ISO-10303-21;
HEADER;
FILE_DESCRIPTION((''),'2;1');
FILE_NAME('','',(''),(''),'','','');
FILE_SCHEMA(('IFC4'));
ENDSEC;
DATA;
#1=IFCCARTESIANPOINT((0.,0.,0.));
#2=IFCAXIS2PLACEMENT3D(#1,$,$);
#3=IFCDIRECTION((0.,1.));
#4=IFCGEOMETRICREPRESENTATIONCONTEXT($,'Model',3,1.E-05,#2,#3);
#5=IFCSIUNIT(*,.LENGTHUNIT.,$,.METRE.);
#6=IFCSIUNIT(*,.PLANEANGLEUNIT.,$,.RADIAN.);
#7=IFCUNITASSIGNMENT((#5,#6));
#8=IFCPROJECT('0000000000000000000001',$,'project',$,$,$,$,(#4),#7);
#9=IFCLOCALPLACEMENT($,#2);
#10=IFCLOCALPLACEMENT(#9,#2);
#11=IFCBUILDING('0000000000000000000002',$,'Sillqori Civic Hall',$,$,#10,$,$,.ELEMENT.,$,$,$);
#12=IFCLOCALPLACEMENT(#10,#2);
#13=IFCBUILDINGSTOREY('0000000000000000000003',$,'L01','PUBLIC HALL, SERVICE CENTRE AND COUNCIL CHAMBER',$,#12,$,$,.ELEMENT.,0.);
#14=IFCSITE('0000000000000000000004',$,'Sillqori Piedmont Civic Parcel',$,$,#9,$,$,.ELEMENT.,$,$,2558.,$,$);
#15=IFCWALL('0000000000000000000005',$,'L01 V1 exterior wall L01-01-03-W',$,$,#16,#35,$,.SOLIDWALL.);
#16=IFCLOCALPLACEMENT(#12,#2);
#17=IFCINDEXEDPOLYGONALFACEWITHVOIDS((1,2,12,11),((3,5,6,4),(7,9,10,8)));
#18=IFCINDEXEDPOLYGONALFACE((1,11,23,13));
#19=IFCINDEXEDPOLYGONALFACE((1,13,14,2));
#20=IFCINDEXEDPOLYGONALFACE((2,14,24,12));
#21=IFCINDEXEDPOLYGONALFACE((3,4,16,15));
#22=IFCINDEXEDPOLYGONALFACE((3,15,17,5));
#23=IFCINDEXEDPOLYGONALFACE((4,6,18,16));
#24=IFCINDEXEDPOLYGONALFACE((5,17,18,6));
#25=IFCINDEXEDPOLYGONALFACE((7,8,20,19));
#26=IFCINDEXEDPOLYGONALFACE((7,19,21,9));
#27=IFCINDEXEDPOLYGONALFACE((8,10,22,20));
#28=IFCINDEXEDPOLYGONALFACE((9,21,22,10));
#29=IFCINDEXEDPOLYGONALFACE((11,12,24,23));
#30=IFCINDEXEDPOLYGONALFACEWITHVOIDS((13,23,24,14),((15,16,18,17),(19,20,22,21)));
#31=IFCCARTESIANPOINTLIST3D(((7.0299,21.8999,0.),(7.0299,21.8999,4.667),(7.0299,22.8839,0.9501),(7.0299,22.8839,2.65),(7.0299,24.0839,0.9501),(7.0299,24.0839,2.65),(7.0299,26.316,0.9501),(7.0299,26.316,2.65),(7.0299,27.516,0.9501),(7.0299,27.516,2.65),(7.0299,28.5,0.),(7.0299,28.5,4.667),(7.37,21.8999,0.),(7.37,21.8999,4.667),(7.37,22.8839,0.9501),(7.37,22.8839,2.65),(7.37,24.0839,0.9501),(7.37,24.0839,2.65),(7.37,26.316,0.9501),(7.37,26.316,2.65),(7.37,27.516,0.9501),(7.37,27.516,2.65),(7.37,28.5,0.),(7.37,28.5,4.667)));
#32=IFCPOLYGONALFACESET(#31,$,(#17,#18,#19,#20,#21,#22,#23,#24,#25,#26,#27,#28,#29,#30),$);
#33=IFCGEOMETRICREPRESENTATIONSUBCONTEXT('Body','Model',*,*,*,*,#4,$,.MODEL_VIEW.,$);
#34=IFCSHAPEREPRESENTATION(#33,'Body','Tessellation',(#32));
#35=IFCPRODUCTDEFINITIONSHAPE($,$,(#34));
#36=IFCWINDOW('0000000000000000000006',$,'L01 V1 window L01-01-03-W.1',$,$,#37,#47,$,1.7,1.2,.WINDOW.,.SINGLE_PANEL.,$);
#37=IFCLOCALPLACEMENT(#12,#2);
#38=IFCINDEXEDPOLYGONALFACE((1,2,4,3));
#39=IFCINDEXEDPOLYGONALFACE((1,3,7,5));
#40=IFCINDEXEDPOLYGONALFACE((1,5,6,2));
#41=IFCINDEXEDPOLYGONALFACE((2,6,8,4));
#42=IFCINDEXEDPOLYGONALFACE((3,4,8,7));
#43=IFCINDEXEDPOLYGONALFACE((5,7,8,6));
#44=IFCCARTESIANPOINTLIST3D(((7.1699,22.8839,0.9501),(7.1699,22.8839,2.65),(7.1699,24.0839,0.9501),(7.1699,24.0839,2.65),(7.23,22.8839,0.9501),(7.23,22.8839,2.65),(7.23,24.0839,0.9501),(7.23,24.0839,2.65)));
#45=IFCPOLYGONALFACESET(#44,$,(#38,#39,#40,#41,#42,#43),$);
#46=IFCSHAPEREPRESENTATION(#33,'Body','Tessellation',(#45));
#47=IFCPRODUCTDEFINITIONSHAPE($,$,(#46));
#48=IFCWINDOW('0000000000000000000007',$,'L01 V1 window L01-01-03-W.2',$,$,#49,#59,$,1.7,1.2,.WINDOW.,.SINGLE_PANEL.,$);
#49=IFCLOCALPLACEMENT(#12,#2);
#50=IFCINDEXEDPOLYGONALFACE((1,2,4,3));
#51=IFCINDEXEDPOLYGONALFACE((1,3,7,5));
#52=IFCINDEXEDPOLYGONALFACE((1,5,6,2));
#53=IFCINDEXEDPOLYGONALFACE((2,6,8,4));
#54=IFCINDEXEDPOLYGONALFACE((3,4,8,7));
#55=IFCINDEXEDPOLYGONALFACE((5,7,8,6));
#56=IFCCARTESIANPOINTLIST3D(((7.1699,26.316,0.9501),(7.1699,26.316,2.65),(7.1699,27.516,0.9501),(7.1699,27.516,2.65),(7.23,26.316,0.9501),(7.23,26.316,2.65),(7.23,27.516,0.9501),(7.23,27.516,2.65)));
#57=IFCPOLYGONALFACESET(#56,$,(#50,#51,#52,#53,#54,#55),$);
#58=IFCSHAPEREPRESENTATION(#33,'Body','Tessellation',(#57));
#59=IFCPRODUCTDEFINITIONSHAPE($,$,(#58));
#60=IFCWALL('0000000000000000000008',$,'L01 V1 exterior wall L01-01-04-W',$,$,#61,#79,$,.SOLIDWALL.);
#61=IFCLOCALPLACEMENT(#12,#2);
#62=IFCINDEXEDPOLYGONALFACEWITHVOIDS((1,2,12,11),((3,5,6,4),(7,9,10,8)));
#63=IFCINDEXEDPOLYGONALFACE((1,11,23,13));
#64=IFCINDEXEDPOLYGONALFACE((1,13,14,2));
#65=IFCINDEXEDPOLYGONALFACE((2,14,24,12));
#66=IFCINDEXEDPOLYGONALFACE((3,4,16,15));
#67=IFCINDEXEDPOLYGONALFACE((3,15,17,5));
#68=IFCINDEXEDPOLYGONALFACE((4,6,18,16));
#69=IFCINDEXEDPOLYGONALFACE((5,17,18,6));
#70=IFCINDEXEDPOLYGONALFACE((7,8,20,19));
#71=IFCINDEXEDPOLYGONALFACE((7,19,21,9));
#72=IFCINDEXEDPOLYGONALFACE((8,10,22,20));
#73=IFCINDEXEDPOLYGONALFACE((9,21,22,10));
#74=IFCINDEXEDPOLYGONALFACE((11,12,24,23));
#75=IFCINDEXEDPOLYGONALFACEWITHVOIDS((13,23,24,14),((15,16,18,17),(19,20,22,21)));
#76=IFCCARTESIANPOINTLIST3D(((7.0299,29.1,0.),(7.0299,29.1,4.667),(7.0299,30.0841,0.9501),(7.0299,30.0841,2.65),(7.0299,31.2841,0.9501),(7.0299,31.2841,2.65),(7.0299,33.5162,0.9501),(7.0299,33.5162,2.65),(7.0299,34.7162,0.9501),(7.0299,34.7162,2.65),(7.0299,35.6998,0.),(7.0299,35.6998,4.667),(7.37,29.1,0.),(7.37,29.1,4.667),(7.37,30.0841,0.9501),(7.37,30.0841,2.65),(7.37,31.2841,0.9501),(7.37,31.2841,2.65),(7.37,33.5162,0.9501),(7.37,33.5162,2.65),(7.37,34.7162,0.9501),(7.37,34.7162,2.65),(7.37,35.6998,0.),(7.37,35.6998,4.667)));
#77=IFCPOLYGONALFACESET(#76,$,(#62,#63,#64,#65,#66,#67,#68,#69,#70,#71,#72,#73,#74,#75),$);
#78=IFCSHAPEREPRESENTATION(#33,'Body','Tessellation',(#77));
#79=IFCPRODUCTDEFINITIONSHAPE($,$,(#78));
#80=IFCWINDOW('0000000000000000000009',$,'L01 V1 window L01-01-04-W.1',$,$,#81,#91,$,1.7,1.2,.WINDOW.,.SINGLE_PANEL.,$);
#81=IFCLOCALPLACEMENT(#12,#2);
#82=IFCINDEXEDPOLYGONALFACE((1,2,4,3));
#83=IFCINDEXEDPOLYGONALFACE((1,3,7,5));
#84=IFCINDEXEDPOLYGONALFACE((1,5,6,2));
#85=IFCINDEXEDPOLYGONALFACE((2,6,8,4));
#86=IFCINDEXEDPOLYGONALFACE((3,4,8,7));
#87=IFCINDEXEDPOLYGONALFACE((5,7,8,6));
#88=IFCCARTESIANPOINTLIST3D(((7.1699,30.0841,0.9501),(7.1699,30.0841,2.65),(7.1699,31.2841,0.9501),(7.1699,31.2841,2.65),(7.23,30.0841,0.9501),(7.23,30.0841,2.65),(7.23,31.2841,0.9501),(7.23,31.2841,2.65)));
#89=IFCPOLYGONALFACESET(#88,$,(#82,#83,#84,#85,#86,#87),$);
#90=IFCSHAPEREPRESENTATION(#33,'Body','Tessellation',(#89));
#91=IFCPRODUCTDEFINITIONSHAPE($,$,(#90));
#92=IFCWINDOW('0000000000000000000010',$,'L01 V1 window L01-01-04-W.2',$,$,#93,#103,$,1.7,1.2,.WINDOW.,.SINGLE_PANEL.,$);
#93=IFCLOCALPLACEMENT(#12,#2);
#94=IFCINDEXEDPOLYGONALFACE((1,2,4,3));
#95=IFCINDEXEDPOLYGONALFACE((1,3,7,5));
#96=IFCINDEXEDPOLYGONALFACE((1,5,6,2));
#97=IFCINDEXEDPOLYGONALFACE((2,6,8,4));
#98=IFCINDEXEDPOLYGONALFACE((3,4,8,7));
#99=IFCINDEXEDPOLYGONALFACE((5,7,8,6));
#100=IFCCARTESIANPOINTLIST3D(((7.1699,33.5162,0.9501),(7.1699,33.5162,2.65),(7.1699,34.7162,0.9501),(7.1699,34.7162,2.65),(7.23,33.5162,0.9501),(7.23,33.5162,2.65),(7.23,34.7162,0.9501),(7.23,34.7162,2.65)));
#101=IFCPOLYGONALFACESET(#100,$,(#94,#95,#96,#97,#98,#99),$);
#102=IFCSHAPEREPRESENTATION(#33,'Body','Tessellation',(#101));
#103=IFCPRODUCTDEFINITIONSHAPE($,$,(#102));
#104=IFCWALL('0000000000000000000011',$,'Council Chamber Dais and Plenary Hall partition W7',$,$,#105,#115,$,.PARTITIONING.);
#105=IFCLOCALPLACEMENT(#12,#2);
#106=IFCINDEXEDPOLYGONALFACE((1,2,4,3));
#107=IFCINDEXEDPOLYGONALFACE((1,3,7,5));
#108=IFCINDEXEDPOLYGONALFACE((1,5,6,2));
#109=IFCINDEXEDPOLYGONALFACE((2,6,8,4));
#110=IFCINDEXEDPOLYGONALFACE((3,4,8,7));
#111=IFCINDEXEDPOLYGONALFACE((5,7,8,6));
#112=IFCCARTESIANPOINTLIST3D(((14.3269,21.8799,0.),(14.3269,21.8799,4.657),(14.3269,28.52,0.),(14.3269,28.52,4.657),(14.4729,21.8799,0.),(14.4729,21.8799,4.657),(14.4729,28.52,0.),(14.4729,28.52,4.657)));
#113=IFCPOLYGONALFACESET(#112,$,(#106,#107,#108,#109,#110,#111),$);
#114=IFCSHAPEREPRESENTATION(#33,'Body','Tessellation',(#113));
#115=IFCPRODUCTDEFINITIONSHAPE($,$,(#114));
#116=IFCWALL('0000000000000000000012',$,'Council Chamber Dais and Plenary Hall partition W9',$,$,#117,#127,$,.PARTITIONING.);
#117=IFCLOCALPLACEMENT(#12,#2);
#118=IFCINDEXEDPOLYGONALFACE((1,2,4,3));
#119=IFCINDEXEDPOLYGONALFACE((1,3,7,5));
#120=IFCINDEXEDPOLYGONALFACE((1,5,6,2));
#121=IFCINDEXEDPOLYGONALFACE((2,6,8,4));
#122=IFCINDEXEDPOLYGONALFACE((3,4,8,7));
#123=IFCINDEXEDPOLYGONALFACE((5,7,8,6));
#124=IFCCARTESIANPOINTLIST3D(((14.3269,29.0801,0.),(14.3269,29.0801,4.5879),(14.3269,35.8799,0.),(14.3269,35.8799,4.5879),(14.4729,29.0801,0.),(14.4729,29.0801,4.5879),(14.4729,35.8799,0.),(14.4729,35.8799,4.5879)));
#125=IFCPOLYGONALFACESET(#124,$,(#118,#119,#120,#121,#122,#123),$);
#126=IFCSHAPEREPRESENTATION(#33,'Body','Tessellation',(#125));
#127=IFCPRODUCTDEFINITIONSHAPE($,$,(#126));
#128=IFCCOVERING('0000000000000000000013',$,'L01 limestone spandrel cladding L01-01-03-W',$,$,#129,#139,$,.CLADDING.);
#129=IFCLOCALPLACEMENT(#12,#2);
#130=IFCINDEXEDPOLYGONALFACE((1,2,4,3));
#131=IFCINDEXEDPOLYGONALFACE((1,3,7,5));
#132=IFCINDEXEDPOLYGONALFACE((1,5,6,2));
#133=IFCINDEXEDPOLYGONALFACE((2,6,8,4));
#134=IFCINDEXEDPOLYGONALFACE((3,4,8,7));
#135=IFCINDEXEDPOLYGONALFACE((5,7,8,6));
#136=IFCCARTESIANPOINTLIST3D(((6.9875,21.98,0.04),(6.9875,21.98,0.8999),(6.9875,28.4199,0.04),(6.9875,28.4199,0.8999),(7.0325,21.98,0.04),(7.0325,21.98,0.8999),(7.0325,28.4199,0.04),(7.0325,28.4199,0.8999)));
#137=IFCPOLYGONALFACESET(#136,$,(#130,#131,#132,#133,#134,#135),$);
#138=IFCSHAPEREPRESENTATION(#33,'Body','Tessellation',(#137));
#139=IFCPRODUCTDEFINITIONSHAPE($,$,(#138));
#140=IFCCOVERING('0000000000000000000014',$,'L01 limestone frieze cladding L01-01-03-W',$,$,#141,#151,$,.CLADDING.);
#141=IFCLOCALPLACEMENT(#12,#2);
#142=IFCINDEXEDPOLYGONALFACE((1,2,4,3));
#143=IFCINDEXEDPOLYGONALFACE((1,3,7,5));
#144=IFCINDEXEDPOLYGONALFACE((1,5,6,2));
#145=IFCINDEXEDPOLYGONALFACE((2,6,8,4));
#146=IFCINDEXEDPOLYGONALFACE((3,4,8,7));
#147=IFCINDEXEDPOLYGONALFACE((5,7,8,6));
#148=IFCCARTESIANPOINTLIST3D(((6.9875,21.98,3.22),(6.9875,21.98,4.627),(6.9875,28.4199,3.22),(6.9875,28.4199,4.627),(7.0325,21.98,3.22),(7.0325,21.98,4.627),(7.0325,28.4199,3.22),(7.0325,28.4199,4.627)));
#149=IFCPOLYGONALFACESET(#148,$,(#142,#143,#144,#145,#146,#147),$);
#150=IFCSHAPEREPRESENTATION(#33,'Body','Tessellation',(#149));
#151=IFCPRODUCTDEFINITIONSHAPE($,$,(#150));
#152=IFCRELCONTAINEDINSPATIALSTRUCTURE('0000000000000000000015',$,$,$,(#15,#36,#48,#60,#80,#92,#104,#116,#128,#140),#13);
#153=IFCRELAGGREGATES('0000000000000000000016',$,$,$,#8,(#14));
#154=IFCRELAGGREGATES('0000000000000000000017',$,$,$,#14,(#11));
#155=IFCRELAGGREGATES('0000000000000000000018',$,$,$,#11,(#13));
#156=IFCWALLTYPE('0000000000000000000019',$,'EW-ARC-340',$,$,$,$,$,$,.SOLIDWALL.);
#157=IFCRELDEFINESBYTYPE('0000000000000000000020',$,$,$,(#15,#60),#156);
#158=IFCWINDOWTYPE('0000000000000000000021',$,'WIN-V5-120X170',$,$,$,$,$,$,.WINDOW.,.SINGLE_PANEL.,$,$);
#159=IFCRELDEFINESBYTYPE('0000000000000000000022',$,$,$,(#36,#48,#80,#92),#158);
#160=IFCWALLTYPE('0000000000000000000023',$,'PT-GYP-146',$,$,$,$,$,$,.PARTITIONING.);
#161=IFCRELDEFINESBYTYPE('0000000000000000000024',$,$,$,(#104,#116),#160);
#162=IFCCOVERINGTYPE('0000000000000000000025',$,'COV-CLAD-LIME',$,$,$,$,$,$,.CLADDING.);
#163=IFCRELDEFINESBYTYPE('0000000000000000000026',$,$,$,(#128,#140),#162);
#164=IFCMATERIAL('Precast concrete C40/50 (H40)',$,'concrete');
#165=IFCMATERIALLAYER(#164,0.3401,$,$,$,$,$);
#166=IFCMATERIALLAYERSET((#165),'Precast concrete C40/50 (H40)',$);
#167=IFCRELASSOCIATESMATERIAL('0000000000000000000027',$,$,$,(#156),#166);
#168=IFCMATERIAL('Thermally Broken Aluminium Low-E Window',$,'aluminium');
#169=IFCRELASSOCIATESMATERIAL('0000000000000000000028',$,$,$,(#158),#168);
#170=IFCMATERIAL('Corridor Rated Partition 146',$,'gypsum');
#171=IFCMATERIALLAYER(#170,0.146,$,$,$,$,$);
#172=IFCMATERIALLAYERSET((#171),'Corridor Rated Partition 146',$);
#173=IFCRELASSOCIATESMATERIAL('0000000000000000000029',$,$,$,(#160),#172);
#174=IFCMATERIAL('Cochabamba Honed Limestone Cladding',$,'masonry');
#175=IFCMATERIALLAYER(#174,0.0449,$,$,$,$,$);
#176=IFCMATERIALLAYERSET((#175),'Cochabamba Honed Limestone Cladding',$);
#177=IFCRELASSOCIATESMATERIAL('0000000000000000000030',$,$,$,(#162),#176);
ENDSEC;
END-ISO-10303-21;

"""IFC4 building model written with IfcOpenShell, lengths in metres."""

from ifc_helpers import new_model, si_unit, direction, frame, frame_2d, origin, place, context, subcontext, project, spatial, rectangle, extrude, material, layer, layer_set, type_object, element, fill, save


model = new_model("IFC4")

# Units and contexts
model_context = context("Model", 3, precision=1e-05, world=origin(), true_north=direction((0.0, 1.0)))
body_context = subcontext(model_context, "Body", "Model", "MODEL_VIEW")
ifc_project = project(units=[si_unit("LENGTHUNIT", "METRE"), si_unit("PLANEANGLEUNIT", "RADIAN")], contexts=[model_context])

# Site, building, storey
site_placement = place(None, origin())
site = spatial("IfcSite", under=ifc_project, at=site_placement, Name="Sillqori Piedmont Civic Parcel", CompositionType="ELEMENT", RefElevation=2558.0)
building_placement = place(site_placement, origin())
building = spatial("IfcBuilding", under=site, at=building_placement, Name="Sillqori Civic Hall", CompositionType="ELEMENT")
storey_placement = place(building_placement, origin())
storey = spatial("IfcBuildingStorey", under=building, at=storey_placement, Name="L01", Description="PUBLIC HALL, SERVICE CENTRE AND COUNCIL CHAMBER", CompositionType="ELEMENT", Elevation=0.0)

# Walls, openings, windows
ifc_material_1 = material(Name="Precast concrete C40/50 (H40)", Category="concrete")
ifc_layer_1 = layer(ifc_material_1, 0.3401)
ifc_layer_set_1 = layer_set([ifc_layer_1], Name="Precast concrete C40/50 (H40)")
wall_type_1 = type_object("IfcWallType", Name="EW-ARC-340", PredefinedType="SOLIDWALL", material=ifc_layer_set_1)
wall_1_placement = place(storey_placement, frame((7.2, 21.8999, 0.0), z_axis=(0.0, 0.0, 1.0), x_axis=(0.0, 1.0, 0.0)))
wall_1 = element("IfcWall", 1, at=wall_1_placement, inside=storey, type_object=wall_type_1, Name="L01 V1 exterior wall L01-01-03-W", PredefinedType="SOLIDWALL", context=body_context, shape_type="SweptSolid", body=[
    extrude(rectangle(XDim=6.6001, YDim=0.3401, at=frame_2d((3.3, 0.0))), origin(), (0.0, 0.0, 1.0), 4.667),
])
opening_1_placement = place(wall_1_placement, frame((0.9839, 0.0, 0.95)))
opening_1 = element("IfcOpeningElement", 2, at=opening_1_placement, cuts=wall_1, PredefinedType="OPENING", context=body_context, shape_type="SweptSolid", body=[
    extrude(rectangle(XDim=1.2, YDim=1.7, at=frame_2d((0.6001, 0.8501))), frame((0.0, 0.1799, 0.0), z_axis=(0.0, -1.0, 0.0), x_axis=(1.0, 0.0, 0.0)), (0.0, 0.0, 1.0), 0.3601),
])
opening_2_placement = place(wall_1_placement, frame((4.416, 0.0, 0.95)))
opening_2 = element("IfcOpeningElement", 3, at=opening_2_placement, cuts=wall_1, PredefinedType="OPENING", context=body_context, shape_type="SweptSolid", body=[
    extrude(rectangle(XDim=1.2, YDim=1.7, at=frame_2d((0.6001, 0.8501))), frame((0.0, 0.1799, 0.0), z_axis=(0.0, -1.0, 0.0), x_axis=(1.0, 0.0, 0.0)), (0.0, 0.0, 1.0), 0.3601),
])
ifc_material_2 = material(Name="Thermally Broken Aluminium Low-E Window", Category="aluminium")
window_type = type_object("IfcWindowType", Name="WIN-V5-120X170", PartitioningType="SINGLE_PANEL", PredefinedType="WINDOW", material=ifc_material_2)
window_1_placement = place(opening_1_placement, origin())
window_1 = element("IfcWindow", 4, at=window_1_placement, inside=storey, type_object=window_type, Name="L01 V1 window L01-01-03-W.1", OverallHeight=1.7, OverallWidth=1.2, PartitioningType="SINGLE_PANEL", PredefinedType="WINDOW", context=body_context, shape_type="SweptSolid", body=[
    extrude(rectangle(XDim=1.2, YDim=1.7, at=frame_2d((0.6001, 0.8501))), frame((0.0, 0.03, 0.0), z_axis=(0.0, -1.0, 0.0), x_axis=(1.0, 0.0, 0.0)), (0.0, 0.0, 1.0), 0.0601),
])
fill(opening_1, window_1)
window_2_placement = place(opening_2_placement, origin())
window_2 = element("IfcWindow", 5, at=window_2_placement, inside=storey, type_object=window_type, Name="L01 V1 window L01-01-03-W.2", OverallHeight=1.7, OverallWidth=1.2, PartitioningType="SINGLE_PANEL", PredefinedType="WINDOW", context=body_context, shape_type="SweptSolid", body=[
    extrude(rectangle(XDim=1.2, YDim=1.7, at=frame_2d((0.6001, 0.8501))), frame((0.0, 0.03, 0.0), z_axis=(0.0, -1.0, 0.0), x_axis=(1.0, 0.0, 0.0)), (0.0, 0.0, 1.0), 0.0601),
])
fill(opening_2, window_2)
wall_2_placement = place(storey_placement, frame((7.2, 29.1001, 0.0), z_axis=(0.0, 0.0, 1.0), x_axis=(0.0, 1.0, 0.0)))
wall_2 = element("IfcWall", 6, at=wall_2_placement, inside=storey, type_object=wall_type_1, Name="L01 V1 exterior wall L01-01-04-W", PredefinedType="SOLIDWALL", context=body_context, shape_type="SweptSolid", body=[
    extrude(rectangle(XDim=6.5999, YDim=0.3401, at=frame_2d((3.2998, 0.0))), origin(), (0.0, 0.0, 1.0), 4.667),
])
opening_3_placement = place(wall_2_placement, frame((0.9839, 0.0, 0.95)))
opening_3 = element("IfcOpeningElement", 7, at=opening_3_placement, cuts=wall_2, PredefinedType="OPENING", context=body_context, shape_type="SweptSolid", body=[
    extrude(rectangle(XDim=1.2, YDim=1.7, at=frame_2d((0.6001, 0.8501))), frame((0.0, 0.1799, 0.0), z_axis=(0.0, -1.0, 0.0), x_axis=(1.0, 0.0, 0.0)), (0.0, 0.0, 1.0), 0.3601),
])
opening_4_placement = place(wall_2_placement, frame((4.416, 0.0, 0.95)))
opening_4 = element("IfcOpeningElement", 8, at=opening_4_placement, cuts=wall_2, PredefinedType="OPENING", context=body_context, shape_type="SweptSolid", body=[
    extrude(rectangle(XDim=1.2, YDim=1.7, at=frame_2d((0.6001, 0.8501))), frame((0.0, 0.1799, 0.0), z_axis=(0.0, -1.0, 0.0), x_axis=(1.0, 0.0, 0.0)), (0.0, 0.0, 1.0), 0.3601),
])
window_3_placement = place(opening_3_placement, origin())
window_3 = element("IfcWindow", 9, at=window_3_placement, inside=storey, type_object=window_type, Name="L01 V1 window L01-01-04-W.1", OverallHeight=1.7, OverallWidth=1.2, PartitioningType="SINGLE_PANEL", PredefinedType="WINDOW", context=body_context, shape_type="SweptSolid", body=[
    extrude(rectangle(XDim=1.2, YDim=1.7, at=frame_2d((0.6001, 0.8501))), frame((0.0, 0.03, 0.0), z_axis=(0.0, -1.0, 0.0), x_axis=(1.0, 0.0, 0.0)), (0.0, 0.0, 1.0), 0.0601),
])
fill(opening_3, window_3)
window_4_placement = place(opening_4_placement, origin())
window_4 = element("IfcWindow", 10, at=window_4_placement, inside=storey, type_object=window_type, Name="L01 V1 window L01-01-04-W.2", OverallHeight=1.7, OverallWidth=1.2, PartitioningType="SINGLE_PANEL", PredefinedType="WINDOW", context=body_context, shape_type="SweptSolid", body=[
    extrude(rectangle(XDim=1.2, YDim=1.7, at=frame_2d((0.6001, 0.8501))), frame((0.0, 0.03, 0.0), z_axis=(0.0, -1.0, 0.0), x_axis=(1.0, 0.0, 0.0)), (0.0, 0.0, 1.0), 0.0601),
])
fill(opening_4, window_4)

# Walls
ifc_material_3 = material(Name="Corridor Rated Partition 146", Category="gypsum")
ifc_layer_2 = layer(ifc_material_3, 0.146)
ifc_layer_set_2 = layer_set([ifc_layer_2], Name="Corridor Rated Partition 146")
wall_type_2 = type_object("IfcWallType", Name="PT-GYP-146", PredefinedType="PARTITIONING", material=ifc_layer_set_2)
wall_3_placement = place(storey_placement, frame((14.3999, 21.8799, 0.0), z_axis=(0.0, 0.0, 1.0), x_axis=(0.0, 1.0, 0.0)))
element("IfcWall", 11, at=wall_3_placement, inside=storey, type_object=wall_type_2, Name="Council Chamber Dais and Plenary Hall partition W7", PredefinedType="PARTITIONING", context=body_context, shape_type="SweptSolid", body=[
    extrude(rectangle(XDim=6.6401, YDim=0.146, at=frame_2d((3.3201, 0.0))), origin(), (0.0, 0.0, 1.0), 4.657),
])
wall_4_placement = place(storey_placement, frame((14.3999, 29.0801, 0.0), z_axis=(0.0, 0.0, 1.0), x_axis=(0.0, 1.0, 0.0)))
element("IfcWall", 12, at=wall_4_placement, inside=storey, type_object=wall_type_2, Name="Council Chamber Dais and Plenary Hall partition W9", PredefinedType="PARTITIONING", context=body_context, shape_type="SweptSolid", body=[
    extrude(rectangle(XDim=6.7998, YDim=0.146, at=frame_2d((3.3999, 0.0))), origin(), (0.0, 0.0, 1.0), 4.5879),
])

# Coverings
ifc_material_4 = material(Name="Cochabamba Honed Limestone Cladding", Category="masonry")
ifc_layer_3 = layer(ifc_material_4, 0.0449)
ifc_layer_set_3 = layer_set([ifc_layer_3], Name="Cochabamba Honed Limestone Cladding")
covering_type = type_object("IfcCoveringType", Name="COV-CLAD-LIME", PredefinedType="CLADDING", material=ifc_layer_set_3)
covering_1_placement = place(storey_placement, frame((7.01, 21.98, 0.04), z_axis=(0.0, 0.0, 1.0), x_axis=(0.0, 1.0, 0.0)))
element("IfcCovering", 13, at=covering_1_placement, inside=storey, type_object=covering_type, Name="L01 limestone spandrel cladding L01-01-03-W", PredefinedType="CLADDING", context=body_context, shape_type="SweptSolid", body=[
    extrude(rectangle(XDim=6.4399, YDim=0.0449, at=frame_2d((3.22, 0.0))), origin(), (0.0, 0.0, 1.0), 0.8599),
])
covering_2_placement = place(storey_placement, frame((7.01, 21.98, 3.22), z_axis=(0.0, 0.0, 1.0), x_axis=(0.0, 1.0, 0.0)))
element("IfcCovering", 14, at=covering_2_placement, inside=storey, type_object=covering_type, Name="L01 limestone frieze cladding L01-01-03-W", PredefinedType="CLADDING", context=body_context, shape_type="SweptSolid", body=[
    extrude(rectangle(XDim=6.4399, YDim=0.0449, at=frame_2d((3.22, 0.0))), origin(), (0.0, 0.0, 1.0), 1.407),
])

save(model, "model.ifc")
